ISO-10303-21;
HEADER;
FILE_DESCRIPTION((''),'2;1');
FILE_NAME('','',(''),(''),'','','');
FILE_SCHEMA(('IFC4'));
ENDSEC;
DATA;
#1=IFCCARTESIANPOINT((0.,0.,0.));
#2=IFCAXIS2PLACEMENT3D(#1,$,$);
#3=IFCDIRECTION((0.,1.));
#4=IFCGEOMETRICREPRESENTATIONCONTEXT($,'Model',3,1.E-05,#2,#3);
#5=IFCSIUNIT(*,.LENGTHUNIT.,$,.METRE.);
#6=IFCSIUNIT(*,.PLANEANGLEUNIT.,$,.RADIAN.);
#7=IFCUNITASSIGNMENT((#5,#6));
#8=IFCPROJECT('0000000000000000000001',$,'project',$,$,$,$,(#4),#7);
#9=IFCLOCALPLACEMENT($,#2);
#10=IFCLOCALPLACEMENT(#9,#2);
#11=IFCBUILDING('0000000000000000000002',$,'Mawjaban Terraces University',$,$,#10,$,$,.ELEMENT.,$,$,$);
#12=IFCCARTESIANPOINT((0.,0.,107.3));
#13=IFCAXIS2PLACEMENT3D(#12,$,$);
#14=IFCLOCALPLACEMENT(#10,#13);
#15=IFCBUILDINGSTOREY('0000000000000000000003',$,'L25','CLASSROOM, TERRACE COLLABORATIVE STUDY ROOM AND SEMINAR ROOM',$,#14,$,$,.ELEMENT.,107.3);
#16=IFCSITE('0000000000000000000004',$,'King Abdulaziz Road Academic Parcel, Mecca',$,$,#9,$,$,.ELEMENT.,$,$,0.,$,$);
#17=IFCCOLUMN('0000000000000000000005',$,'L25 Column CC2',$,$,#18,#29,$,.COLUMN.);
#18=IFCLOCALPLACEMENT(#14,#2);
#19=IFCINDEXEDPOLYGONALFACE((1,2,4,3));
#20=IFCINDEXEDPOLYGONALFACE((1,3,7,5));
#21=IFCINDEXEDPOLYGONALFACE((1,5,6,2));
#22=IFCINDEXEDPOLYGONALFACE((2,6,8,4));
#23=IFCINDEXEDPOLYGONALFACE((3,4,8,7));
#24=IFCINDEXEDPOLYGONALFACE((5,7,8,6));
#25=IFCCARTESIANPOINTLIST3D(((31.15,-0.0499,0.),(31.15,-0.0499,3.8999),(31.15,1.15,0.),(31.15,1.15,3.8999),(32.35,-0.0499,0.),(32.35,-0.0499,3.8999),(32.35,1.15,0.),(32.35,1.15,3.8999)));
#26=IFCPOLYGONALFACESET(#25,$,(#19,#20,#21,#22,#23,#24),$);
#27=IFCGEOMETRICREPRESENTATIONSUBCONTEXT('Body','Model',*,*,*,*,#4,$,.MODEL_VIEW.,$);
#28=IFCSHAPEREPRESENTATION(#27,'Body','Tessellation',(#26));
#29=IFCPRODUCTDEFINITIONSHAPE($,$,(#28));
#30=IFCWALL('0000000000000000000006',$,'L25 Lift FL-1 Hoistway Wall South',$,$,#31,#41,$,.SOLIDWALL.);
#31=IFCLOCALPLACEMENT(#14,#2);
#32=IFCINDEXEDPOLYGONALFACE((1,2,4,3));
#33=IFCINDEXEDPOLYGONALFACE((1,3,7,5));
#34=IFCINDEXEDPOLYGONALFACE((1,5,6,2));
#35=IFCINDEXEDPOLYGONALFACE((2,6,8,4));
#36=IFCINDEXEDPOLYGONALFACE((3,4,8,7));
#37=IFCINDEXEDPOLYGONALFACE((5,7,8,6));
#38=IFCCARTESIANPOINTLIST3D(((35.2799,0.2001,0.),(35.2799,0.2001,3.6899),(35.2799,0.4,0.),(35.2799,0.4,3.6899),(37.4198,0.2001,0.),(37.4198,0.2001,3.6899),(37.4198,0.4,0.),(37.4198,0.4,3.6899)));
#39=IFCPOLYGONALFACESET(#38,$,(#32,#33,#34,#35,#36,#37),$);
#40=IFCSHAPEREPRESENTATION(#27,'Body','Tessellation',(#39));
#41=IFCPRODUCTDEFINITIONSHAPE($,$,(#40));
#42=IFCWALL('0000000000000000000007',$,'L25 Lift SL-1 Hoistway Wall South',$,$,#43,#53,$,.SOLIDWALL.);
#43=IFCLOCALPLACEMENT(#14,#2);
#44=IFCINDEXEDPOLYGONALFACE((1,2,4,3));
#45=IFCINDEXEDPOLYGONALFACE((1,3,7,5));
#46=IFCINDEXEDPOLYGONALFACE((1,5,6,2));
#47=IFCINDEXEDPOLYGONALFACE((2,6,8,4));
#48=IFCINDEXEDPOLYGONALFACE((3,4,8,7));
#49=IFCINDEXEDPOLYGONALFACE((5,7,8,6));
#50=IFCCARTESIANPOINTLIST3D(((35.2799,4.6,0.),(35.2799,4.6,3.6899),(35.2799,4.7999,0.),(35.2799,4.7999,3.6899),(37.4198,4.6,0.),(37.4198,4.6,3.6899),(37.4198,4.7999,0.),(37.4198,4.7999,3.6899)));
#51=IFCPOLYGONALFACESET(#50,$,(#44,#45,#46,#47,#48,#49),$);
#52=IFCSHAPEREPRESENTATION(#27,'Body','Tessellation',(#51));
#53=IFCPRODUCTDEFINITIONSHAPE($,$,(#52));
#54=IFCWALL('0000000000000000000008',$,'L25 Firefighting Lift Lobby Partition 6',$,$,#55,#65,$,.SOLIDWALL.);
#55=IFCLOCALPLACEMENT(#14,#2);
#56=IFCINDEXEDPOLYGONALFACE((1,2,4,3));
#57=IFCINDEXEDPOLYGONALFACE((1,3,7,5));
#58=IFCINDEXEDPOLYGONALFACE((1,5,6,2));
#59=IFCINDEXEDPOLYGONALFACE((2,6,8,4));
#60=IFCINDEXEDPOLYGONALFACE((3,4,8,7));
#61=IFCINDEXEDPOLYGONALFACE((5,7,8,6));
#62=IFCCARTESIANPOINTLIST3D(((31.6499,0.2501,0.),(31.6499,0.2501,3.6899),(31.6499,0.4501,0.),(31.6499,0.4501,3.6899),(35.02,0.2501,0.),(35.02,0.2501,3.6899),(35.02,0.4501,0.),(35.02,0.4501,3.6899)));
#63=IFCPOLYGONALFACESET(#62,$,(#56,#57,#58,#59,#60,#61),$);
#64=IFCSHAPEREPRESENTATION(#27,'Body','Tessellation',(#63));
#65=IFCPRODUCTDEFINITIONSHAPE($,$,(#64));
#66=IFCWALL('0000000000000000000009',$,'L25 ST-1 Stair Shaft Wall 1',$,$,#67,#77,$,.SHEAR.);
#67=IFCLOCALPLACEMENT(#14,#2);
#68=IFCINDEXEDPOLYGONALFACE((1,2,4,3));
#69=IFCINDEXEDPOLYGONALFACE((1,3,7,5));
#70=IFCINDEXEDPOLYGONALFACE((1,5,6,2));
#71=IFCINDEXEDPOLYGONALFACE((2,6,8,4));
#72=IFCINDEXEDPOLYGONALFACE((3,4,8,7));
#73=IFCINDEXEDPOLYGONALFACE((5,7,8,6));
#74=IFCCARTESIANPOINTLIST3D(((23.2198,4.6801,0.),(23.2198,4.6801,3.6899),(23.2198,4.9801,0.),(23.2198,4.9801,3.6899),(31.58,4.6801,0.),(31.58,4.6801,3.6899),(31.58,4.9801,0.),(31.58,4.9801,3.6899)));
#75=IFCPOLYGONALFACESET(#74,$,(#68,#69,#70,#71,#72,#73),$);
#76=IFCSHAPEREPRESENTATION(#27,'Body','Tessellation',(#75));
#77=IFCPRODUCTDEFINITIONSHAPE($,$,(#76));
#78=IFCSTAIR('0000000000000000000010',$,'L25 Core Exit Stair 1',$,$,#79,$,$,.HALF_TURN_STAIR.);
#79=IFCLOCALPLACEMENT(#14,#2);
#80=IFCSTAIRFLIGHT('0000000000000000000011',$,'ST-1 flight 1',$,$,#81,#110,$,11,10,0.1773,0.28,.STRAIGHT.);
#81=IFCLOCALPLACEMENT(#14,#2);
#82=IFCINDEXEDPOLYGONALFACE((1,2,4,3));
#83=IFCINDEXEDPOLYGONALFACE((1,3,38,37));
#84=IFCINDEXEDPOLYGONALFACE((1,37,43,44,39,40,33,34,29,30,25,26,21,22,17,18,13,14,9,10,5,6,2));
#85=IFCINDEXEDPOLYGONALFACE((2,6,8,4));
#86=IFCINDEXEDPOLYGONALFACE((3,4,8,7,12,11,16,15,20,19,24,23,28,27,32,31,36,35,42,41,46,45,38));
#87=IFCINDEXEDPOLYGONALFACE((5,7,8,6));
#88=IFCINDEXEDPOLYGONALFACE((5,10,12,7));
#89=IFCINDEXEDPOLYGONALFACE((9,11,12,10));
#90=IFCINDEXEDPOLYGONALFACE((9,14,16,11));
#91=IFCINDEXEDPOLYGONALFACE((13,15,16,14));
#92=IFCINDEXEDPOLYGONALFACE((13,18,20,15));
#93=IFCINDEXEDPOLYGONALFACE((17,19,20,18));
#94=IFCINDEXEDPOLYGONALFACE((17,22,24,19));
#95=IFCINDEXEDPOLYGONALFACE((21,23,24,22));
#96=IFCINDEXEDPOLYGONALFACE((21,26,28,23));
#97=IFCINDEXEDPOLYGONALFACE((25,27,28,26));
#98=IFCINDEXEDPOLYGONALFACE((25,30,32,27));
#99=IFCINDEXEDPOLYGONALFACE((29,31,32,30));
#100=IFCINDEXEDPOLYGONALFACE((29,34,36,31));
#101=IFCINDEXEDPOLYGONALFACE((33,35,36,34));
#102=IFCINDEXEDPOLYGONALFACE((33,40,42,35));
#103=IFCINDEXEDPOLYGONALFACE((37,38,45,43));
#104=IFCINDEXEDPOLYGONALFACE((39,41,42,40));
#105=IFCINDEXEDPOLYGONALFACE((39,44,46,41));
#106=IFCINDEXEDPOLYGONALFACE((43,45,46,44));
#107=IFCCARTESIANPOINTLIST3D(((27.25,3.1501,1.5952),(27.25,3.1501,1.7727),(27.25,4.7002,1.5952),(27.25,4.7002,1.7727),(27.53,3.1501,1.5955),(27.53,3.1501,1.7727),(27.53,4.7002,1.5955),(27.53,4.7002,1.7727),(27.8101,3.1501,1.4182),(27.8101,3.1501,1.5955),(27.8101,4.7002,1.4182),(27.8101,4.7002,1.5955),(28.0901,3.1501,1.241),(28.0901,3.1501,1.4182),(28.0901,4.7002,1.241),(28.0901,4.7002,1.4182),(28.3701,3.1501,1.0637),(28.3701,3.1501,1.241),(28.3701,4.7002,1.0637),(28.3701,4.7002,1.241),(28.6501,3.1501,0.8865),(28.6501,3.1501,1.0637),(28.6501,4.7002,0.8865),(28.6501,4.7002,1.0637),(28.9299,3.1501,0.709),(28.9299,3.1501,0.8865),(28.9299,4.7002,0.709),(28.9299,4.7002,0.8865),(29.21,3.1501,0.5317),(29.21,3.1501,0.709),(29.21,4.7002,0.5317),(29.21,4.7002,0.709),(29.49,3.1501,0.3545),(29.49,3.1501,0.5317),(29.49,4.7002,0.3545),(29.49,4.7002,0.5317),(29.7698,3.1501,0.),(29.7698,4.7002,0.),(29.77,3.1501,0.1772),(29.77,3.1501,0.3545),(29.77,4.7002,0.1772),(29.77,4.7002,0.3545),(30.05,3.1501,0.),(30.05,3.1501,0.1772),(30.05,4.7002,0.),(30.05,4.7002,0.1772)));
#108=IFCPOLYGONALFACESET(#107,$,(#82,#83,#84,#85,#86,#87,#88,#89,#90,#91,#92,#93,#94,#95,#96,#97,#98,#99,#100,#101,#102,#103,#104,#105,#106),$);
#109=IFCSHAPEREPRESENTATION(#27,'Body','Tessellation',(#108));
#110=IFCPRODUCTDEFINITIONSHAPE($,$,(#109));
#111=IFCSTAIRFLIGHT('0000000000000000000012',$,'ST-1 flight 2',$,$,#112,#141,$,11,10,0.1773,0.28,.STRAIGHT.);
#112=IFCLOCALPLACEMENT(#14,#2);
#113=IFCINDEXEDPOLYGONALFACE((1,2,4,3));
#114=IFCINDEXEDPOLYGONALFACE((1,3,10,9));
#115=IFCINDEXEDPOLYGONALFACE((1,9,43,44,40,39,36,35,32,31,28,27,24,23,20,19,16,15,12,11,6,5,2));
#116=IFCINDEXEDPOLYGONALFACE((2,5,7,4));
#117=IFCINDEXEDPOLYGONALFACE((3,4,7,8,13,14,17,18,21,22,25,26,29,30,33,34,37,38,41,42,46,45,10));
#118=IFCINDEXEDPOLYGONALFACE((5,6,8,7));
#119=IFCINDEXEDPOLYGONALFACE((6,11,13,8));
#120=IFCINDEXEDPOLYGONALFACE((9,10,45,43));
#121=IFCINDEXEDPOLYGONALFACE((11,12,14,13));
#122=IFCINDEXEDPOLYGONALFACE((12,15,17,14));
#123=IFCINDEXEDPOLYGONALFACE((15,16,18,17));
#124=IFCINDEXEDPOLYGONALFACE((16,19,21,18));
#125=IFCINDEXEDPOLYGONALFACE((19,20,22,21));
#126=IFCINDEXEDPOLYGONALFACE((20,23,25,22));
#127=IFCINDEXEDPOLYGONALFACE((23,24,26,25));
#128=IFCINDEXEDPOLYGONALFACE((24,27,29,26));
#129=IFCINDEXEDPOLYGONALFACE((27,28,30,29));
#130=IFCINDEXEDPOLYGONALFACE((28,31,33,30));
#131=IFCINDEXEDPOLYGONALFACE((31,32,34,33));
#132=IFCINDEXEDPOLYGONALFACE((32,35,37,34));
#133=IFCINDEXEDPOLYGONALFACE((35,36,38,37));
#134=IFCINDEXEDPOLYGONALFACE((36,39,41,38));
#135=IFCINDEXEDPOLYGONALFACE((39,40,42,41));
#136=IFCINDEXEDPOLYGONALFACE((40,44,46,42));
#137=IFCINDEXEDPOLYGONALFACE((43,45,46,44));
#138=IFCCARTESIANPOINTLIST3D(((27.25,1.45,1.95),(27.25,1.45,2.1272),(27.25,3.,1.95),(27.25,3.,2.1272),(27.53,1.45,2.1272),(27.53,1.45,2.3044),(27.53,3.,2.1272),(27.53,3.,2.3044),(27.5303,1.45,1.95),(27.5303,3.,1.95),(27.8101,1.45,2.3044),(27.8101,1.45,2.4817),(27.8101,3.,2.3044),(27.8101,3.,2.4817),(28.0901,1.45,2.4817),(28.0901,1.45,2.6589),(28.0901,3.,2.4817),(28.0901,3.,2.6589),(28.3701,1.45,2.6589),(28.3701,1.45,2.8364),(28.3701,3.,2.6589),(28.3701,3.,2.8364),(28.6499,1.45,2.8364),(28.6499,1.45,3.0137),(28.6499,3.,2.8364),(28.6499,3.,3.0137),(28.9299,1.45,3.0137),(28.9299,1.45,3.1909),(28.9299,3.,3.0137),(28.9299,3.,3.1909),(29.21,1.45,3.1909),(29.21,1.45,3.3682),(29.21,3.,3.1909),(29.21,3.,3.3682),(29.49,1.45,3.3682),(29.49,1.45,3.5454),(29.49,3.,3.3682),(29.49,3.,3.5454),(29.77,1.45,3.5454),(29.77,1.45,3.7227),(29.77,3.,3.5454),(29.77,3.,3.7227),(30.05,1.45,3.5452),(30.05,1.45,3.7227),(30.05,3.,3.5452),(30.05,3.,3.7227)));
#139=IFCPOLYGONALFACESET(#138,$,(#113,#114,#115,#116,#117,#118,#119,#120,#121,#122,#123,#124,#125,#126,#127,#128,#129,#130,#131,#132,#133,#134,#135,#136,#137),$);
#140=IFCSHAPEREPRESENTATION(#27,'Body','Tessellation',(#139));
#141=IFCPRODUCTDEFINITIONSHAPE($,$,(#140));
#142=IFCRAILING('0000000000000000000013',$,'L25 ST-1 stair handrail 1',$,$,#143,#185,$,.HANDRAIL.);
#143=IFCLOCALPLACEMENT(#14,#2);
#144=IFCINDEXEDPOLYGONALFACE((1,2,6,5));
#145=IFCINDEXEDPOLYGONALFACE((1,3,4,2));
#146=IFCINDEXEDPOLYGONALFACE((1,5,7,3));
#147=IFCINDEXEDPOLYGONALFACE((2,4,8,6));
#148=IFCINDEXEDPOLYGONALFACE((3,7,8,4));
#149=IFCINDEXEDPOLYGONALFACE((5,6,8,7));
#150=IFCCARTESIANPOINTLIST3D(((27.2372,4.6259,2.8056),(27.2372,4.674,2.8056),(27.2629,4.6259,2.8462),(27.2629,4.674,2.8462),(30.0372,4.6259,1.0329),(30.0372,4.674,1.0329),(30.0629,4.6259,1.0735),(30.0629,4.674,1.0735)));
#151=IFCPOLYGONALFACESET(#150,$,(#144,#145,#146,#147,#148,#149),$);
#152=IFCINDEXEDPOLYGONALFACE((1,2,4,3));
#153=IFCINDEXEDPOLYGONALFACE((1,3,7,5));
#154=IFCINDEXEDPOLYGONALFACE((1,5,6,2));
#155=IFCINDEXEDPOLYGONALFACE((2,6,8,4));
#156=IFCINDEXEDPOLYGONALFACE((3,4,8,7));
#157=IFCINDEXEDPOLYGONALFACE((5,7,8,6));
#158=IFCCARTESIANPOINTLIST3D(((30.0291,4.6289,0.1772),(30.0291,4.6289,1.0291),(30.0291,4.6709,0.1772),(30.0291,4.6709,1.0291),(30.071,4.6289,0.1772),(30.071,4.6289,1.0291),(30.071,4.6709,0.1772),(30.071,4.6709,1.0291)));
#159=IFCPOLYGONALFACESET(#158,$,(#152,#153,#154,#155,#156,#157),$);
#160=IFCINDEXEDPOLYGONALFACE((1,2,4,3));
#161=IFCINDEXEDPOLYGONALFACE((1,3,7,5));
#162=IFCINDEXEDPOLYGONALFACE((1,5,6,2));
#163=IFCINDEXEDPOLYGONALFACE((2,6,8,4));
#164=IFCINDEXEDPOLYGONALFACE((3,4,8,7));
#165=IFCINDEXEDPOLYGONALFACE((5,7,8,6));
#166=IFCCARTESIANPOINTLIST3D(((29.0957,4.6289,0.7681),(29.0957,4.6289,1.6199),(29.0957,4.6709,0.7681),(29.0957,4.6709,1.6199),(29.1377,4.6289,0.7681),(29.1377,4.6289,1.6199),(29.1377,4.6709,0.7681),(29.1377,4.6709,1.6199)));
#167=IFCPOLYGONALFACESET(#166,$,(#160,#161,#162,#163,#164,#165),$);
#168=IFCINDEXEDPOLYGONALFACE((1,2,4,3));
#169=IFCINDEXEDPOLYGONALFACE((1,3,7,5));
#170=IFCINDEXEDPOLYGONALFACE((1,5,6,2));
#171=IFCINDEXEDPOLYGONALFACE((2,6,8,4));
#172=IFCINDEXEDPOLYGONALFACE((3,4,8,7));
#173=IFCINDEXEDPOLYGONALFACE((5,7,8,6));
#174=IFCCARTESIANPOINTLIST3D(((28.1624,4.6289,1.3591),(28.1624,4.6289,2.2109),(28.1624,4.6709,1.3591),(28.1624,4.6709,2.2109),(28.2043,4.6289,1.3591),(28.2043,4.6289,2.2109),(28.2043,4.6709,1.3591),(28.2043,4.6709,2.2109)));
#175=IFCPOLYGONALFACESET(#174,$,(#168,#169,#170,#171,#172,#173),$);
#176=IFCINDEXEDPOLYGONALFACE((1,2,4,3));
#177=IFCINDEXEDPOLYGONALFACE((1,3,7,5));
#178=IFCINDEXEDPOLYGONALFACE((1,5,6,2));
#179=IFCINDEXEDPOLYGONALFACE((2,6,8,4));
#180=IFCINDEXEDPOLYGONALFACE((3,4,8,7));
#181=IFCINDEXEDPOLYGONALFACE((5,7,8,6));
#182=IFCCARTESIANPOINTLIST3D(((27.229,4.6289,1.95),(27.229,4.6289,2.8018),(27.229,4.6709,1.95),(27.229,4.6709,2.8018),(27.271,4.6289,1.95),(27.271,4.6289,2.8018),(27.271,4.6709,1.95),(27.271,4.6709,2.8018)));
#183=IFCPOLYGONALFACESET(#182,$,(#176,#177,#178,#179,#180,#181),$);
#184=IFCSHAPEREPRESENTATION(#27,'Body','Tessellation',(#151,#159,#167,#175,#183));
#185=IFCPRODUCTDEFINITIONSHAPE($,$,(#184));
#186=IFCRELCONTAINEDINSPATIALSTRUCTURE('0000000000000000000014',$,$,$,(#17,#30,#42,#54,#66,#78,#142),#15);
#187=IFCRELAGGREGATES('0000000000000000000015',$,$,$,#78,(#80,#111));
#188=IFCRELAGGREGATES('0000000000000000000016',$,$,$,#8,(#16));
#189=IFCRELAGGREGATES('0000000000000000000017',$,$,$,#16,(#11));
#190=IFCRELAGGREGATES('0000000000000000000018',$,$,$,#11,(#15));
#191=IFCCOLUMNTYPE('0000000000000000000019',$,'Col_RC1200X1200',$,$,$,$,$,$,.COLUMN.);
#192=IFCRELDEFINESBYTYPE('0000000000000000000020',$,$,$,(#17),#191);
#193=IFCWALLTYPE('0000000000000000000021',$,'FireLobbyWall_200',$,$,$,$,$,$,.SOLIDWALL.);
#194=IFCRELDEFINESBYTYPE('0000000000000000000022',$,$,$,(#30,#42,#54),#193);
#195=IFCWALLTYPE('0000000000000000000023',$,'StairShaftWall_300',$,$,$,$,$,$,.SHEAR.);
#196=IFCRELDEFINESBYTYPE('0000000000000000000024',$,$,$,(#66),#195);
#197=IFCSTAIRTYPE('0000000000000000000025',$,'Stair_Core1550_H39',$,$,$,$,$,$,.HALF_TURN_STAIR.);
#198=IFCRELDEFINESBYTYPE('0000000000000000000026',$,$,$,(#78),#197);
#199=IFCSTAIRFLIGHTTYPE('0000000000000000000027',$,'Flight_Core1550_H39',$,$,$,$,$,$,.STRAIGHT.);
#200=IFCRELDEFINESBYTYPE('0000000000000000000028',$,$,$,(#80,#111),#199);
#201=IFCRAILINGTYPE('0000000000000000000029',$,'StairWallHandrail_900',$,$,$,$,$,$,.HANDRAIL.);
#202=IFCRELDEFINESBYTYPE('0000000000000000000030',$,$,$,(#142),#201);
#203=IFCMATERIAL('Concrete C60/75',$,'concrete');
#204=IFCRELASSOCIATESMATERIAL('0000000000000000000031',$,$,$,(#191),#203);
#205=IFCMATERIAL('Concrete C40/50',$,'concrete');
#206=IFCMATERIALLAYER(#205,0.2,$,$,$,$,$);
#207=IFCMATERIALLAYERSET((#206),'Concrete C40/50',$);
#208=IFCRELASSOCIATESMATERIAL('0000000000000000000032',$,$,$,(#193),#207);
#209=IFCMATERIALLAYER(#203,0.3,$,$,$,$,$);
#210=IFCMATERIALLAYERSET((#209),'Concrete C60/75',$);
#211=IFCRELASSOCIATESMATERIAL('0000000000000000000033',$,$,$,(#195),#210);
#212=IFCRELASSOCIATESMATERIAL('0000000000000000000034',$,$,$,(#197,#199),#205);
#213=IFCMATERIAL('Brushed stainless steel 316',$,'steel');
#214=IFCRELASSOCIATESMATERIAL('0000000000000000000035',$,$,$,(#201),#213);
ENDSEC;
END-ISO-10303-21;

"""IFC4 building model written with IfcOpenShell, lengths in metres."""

from ifc_helpers import new_model, si_unit, direction, frame, frame_2d, origin, origin_2d, place, context, subcontext, project, spatial, polyline, rectangle, outline, extrude, material, layer, layer_set, material_profile, profile_set, type_object, element, aggregate, save


model = new_model("IFC4")

# Units and contexts
model_context = context("Model", 3, precision=1e-05, world=origin(), true_north=direction((0.0, 1.0)))
body_context = subcontext(model_context, "Body", "Model", "MODEL_VIEW")
ifc_project = project(units=[si_unit("LENGTHUNIT", "METRE"), si_unit("PLANEANGLEUNIT", "RADIAN")], contexts=[model_context])

# Site, building, storey
site_placement = place(None, origin())
site = spatial("IfcSite", under=ifc_project, at=site_placement, Name="King Abdulaziz Road Academic Parcel, Mecca", CompositionType="ELEMENT", RefElevation=0.0)
building_placement = place(site_placement, origin())
building = spatial("IfcBuilding", under=site, at=building_placement, Name="Mawjaban Terraces University", CompositionType="ELEMENT")
storey_placement = place(building_placement, frame((0.0, 0.0, 107.3)))
storey = spatial("IfcBuildingStorey", under=building, at=storey_placement, Name="L25", Description="CLASSROOM, TERRACE COLLABORATIVE STUDY ROOM AND SEMINAR ROOM", CompositionType="ELEMENT", Elevation=107.3)

# Column
ifc_material_1 = material(Name="Concrete C60/75", Category="concrete")
ifc_material_profile = material_profile(ifc_material_1, rectangle(XDim=1.2, YDim=1.2, at=origin_2d()), Name="RC1200X1200")
ifc_profile_set = profile_set([ifc_material_profile], Name="Concrete C60/75")
column_type = type_object("IfcColumnType", Name="Col_RC1200X1200", PredefinedType="COLUMN", material=ifc_profile_set)
column_placement = place(storey_placement, frame((31.75, 0.55, 0.0), z_axis=(0.0, 0.0, 1.0), x_axis=(1.0, 0.0, 0.0)))
element("IfcColumn", 1, at=column_placement, inside=storey, type_object=column_type, Name="L25 Column CC2", PredefinedType="COLUMN", context=body_context, shape_type="SweptSolid", body=[
    extrude(rectangle(XDim=1.2, YDim=1.2, at=origin_2d()), origin(), (0.0, 0.0, 1.0), 3.8999),
])

# Shared definitions
ifc_material_2 = material(Name="Concrete C40/50", Category="concrete")
ifc_layer_1 = layer(ifc_material_2, 0.2)
ifc_layer_set_1 = layer_set([ifc_layer_1], Name="Concrete C40/50")
wall_type_1 = type_object("IfcWallType", Name="FireLobbyWall_200", PredefinedType="SOLIDWALL", material=ifc_layer_set_1)

# Wall
wall_1_placement = place(storey_placement, frame((35.28, 0.3, 0.0), z_axis=(0.0, 0.0, 1.0), x_axis=(1.0, 0.0, 0.0)))
element("IfcWall", 2, at=wall_1_placement, inside=storey, type_object=wall_type_1, Name="L25 Lift FL-1 Hoistway Wall South", PredefinedType="SOLIDWALL", context=body_context, shape_type="SweptSolid", body=[
    extrude(rectangle(XDim=2.1399, YDim=0.2, at=frame_2d((1.0698, 0.0))), origin(), (0.0, 0.0, 1.0), 3.6899),
])

# Walls
wall_2_placement = place(storey_placement, frame((35.28, 4.7, 0.0), z_axis=(0.0, 0.0, 1.0), x_axis=(1.0, 0.0, 0.0)))
element("IfcWall", 3, at=wall_2_placement, inside=storey, type_object=wall_type_1, Name="L25 Lift SL-1 Hoistway Wall South", PredefinedType="SOLIDWALL", context=body_context, shape_type="SweptSolid", body=[
    extrude(rectangle(XDim=2.1399, YDim=0.2, at=frame_2d((1.0698, 0.0))), origin(), (0.0, 0.0, 1.0), 3.6899),
])
wall_3_placement = place(storey_placement, frame((31.6499, 0.3501, 0.0), z_axis=(0.0, 0.0, 1.0), x_axis=(1.0, 0.0, 0.0)))
element("IfcWall", 4, at=wall_3_placement, inside=storey, type_object=wall_type_1, Name="L25 Firefighting Lift Lobby Partition 6", PredefinedType="SOLIDWALL", context=body_context, shape_type="SweptSolid", body=[
    extrude(rectangle(XDim=3.3701, YDim=0.2, at=frame_2d((1.6851, 0.0))), origin(), (0.0, 0.0, 1.0), 3.6899),
])

# Wall
ifc_layer_2 = layer(ifc_material_1, 0.3)
ifc_layer_set_2 = layer_set([ifc_layer_2], Name="Concrete C60/75")
wall_type_2 = type_object("IfcWallType", Name="StairShaftWall_300", PredefinedType="SHEAR", material=ifc_layer_set_2)
wall_4_placement = place(storey_placement, frame((31.5801, 4.8301, 0.0), z_axis=(0.0, 0.0, 1.0), x_axis=(-1.0, 0.0, 0.0)))
element("IfcWall", 5, at=wall_4_placement, inside=storey, type_object=wall_type_2, Name="L25 ST-1 Stair Shaft Wall 1", PredefinedType="SHEAR", context=body_context, shape_type="SweptSolid", body=[
    extrude(rectangle(XDim=8.3601, YDim=0.3, at=frame_2d((4.1802, 0.0))), origin(), (0.0, 0.0, 1.0), 3.6899),
])

# Stair, stair flights
stair_type = type_object("IfcStairType", Name="Stair_Core1550_H39", PredefinedType="HALF_TURN_STAIR", material=ifc_material_2)
stair_placement = place(storey_placement, origin())
stair = element("IfcStair", 6, at=stair_placement, inside=storey, type_object=stair_type, Name="L25 Core Exit Stair 1", PredefinedType="HALF_TURN_STAIR")
stair_flight_type = type_object("IfcStairFlightType", Name="Flight_Core1550_H39", PredefinedType="STRAIGHT", material=ifc_material_2)
stair_flight_1_placement = place(storey_placement, frame((30.05, 3.925, 0.0), z_axis=(0.0, 0.0, 1.0), x_axis=(-1.0, 0.0, 0.0)))
stair_flight_1 = element("IfcStairFlight", 7, at=stair_flight_1_placement, type_object=stair_flight_type, Name="ST-1 flight 1", NumberOfRisers=11, NumberOfTreads=10, PredefinedType="STRAIGHT", RiserHeight=0.1773, TreadLength=0.28, context=body_context, shape_type="SweptSolid", body=[
    extrude(outline(polyline([(0.0, 0.0), (0.0, 0.1772), (0.28, 0.1772), (0.28, 0.3545), (0.5601, 0.3545), (0.5601, 0.5317), (0.8401, 0.5317), (0.8401, 0.709), (1.1201, 0.709), (1.1201, 0.8865), (1.3999, 0.8865), (1.3999, 1.0637), (1.6799, 1.0637), (1.6799, 1.241), (1.96, 1.241), (1.96, 1.4182), (2.24, 1.4182), (2.24, 1.5955), (2.52, 1.5955), (2.52, 1.7727), (2.8, 1.7727), (2.8, 1.95), (2.8, 1.5952), (0.2803, 0.0), (0.0, 0.0)])), frame((0.0, 0.7749, 0.0), z_axis=(0.0, -1.0, 0.0), x_axis=(1.0, 0.0, 0.0)), (0.0, 0.0, 1.0), 1.55),
])
stair_flight_2_placement = place(storey_placement, frame((27.25, 2.2251, 1.95), z_axis=(0.0, 0.0, 1.0), x_axis=(1.0, 0.0, 0.0)))
stair_flight_2 = element("IfcStairFlight", 8, at=stair_flight_2_placement, type_object=stair_flight_type, Name="ST-1 flight 2", NumberOfRisers=11, NumberOfTreads=10, PredefinedType="STRAIGHT", RiserHeight=0.1773, TreadLength=0.28, context=body_context, shape_type="SweptSolid", body=[
    extrude(outline(polyline([(0.0, 0.0), (0.0, 0.1772), (0.28, 0.1772), (0.28, 0.3545), (0.5601, 0.3545), (0.5601, 0.5317), (0.8401, 0.5317), (0.8401, 0.709), (1.1201, 0.709), (1.1201, 0.8865), (1.3999, 0.8865), (1.3999, 1.0637), (1.6799, 1.0637), (1.6799, 1.241), (1.96, 1.241), (1.96, 1.4182), (2.24, 1.4182), (2.24, 1.5955), (2.52, 1.5955), (2.52, 1.7727), (2.8, 1.7727), (2.8, 1.95), (2.8, 1.5952), (0.2803, 0.0), (0.0, 0.0)])), frame((0.0, 0.7749, 0.0), z_axis=(0.0, -1.0, 0.0), x_axis=(1.0, 0.0, 0.0)), (0.0, 0.0, 1.0), 1.55),
])
aggregate(stair, [stair_flight_1, stair_flight_2])

# Railing
ifc_material_3 = material(Name="Brushed stainless steel 316", Category="steel")
railing_type_1 = type_object("IfcRailingType", Name="StairWallHandrail_900", PredefinedType="HANDRAIL", material=ifc_material_3)
railing_1_placement = place(storey_placement, frame((30.05, 4.6499, 0.1772)))
element("IfcRailing", 9, at=railing_1_placement, inside=storey, type_object=railing_type_1, Name="L25 ST-1 stair handrail 1", PredefinedType="HANDRAIL", context=body_context, shape_type="SweptSolid", body=[
    extrude(rectangle(XDim=0.0481, YDim=0.0481, at=origin_2d()), frame((0.0, 0.0, 0.876), z_axis=(-0.844909, 0.0, 0.53491), x_axis=(0.0, -1.0, 0.0)), (0.0, 0.0, 1.0), 3.314),
    extrude(rectangle(XDim=0.042, YDim=0.042, at=origin_2d()), origin(), (0.0, 0.0, 1.0), 0.8518),
    extrude(rectangle(XDim=0.042, YDim=0.042, at=origin_2d()), frame((-0.9333, 0.0, 0.5908)), (0.0, 0.0, 1.0), 0.8518),
    extrude(rectangle(XDim=0.042, YDim=0.042, at=origin_2d()), frame((-1.8667, 0.0, 1.1819)), (0.0, 0.0, 1.0), 0.8518),
    extrude(rectangle(XDim=0.042, YDim=0.042, at=origin_2d()), frame((-2.8, 0.0, 1.7727)), (0.0, 0.0, 1.0), 0.8518),
])

save(model, "model.ifc")
